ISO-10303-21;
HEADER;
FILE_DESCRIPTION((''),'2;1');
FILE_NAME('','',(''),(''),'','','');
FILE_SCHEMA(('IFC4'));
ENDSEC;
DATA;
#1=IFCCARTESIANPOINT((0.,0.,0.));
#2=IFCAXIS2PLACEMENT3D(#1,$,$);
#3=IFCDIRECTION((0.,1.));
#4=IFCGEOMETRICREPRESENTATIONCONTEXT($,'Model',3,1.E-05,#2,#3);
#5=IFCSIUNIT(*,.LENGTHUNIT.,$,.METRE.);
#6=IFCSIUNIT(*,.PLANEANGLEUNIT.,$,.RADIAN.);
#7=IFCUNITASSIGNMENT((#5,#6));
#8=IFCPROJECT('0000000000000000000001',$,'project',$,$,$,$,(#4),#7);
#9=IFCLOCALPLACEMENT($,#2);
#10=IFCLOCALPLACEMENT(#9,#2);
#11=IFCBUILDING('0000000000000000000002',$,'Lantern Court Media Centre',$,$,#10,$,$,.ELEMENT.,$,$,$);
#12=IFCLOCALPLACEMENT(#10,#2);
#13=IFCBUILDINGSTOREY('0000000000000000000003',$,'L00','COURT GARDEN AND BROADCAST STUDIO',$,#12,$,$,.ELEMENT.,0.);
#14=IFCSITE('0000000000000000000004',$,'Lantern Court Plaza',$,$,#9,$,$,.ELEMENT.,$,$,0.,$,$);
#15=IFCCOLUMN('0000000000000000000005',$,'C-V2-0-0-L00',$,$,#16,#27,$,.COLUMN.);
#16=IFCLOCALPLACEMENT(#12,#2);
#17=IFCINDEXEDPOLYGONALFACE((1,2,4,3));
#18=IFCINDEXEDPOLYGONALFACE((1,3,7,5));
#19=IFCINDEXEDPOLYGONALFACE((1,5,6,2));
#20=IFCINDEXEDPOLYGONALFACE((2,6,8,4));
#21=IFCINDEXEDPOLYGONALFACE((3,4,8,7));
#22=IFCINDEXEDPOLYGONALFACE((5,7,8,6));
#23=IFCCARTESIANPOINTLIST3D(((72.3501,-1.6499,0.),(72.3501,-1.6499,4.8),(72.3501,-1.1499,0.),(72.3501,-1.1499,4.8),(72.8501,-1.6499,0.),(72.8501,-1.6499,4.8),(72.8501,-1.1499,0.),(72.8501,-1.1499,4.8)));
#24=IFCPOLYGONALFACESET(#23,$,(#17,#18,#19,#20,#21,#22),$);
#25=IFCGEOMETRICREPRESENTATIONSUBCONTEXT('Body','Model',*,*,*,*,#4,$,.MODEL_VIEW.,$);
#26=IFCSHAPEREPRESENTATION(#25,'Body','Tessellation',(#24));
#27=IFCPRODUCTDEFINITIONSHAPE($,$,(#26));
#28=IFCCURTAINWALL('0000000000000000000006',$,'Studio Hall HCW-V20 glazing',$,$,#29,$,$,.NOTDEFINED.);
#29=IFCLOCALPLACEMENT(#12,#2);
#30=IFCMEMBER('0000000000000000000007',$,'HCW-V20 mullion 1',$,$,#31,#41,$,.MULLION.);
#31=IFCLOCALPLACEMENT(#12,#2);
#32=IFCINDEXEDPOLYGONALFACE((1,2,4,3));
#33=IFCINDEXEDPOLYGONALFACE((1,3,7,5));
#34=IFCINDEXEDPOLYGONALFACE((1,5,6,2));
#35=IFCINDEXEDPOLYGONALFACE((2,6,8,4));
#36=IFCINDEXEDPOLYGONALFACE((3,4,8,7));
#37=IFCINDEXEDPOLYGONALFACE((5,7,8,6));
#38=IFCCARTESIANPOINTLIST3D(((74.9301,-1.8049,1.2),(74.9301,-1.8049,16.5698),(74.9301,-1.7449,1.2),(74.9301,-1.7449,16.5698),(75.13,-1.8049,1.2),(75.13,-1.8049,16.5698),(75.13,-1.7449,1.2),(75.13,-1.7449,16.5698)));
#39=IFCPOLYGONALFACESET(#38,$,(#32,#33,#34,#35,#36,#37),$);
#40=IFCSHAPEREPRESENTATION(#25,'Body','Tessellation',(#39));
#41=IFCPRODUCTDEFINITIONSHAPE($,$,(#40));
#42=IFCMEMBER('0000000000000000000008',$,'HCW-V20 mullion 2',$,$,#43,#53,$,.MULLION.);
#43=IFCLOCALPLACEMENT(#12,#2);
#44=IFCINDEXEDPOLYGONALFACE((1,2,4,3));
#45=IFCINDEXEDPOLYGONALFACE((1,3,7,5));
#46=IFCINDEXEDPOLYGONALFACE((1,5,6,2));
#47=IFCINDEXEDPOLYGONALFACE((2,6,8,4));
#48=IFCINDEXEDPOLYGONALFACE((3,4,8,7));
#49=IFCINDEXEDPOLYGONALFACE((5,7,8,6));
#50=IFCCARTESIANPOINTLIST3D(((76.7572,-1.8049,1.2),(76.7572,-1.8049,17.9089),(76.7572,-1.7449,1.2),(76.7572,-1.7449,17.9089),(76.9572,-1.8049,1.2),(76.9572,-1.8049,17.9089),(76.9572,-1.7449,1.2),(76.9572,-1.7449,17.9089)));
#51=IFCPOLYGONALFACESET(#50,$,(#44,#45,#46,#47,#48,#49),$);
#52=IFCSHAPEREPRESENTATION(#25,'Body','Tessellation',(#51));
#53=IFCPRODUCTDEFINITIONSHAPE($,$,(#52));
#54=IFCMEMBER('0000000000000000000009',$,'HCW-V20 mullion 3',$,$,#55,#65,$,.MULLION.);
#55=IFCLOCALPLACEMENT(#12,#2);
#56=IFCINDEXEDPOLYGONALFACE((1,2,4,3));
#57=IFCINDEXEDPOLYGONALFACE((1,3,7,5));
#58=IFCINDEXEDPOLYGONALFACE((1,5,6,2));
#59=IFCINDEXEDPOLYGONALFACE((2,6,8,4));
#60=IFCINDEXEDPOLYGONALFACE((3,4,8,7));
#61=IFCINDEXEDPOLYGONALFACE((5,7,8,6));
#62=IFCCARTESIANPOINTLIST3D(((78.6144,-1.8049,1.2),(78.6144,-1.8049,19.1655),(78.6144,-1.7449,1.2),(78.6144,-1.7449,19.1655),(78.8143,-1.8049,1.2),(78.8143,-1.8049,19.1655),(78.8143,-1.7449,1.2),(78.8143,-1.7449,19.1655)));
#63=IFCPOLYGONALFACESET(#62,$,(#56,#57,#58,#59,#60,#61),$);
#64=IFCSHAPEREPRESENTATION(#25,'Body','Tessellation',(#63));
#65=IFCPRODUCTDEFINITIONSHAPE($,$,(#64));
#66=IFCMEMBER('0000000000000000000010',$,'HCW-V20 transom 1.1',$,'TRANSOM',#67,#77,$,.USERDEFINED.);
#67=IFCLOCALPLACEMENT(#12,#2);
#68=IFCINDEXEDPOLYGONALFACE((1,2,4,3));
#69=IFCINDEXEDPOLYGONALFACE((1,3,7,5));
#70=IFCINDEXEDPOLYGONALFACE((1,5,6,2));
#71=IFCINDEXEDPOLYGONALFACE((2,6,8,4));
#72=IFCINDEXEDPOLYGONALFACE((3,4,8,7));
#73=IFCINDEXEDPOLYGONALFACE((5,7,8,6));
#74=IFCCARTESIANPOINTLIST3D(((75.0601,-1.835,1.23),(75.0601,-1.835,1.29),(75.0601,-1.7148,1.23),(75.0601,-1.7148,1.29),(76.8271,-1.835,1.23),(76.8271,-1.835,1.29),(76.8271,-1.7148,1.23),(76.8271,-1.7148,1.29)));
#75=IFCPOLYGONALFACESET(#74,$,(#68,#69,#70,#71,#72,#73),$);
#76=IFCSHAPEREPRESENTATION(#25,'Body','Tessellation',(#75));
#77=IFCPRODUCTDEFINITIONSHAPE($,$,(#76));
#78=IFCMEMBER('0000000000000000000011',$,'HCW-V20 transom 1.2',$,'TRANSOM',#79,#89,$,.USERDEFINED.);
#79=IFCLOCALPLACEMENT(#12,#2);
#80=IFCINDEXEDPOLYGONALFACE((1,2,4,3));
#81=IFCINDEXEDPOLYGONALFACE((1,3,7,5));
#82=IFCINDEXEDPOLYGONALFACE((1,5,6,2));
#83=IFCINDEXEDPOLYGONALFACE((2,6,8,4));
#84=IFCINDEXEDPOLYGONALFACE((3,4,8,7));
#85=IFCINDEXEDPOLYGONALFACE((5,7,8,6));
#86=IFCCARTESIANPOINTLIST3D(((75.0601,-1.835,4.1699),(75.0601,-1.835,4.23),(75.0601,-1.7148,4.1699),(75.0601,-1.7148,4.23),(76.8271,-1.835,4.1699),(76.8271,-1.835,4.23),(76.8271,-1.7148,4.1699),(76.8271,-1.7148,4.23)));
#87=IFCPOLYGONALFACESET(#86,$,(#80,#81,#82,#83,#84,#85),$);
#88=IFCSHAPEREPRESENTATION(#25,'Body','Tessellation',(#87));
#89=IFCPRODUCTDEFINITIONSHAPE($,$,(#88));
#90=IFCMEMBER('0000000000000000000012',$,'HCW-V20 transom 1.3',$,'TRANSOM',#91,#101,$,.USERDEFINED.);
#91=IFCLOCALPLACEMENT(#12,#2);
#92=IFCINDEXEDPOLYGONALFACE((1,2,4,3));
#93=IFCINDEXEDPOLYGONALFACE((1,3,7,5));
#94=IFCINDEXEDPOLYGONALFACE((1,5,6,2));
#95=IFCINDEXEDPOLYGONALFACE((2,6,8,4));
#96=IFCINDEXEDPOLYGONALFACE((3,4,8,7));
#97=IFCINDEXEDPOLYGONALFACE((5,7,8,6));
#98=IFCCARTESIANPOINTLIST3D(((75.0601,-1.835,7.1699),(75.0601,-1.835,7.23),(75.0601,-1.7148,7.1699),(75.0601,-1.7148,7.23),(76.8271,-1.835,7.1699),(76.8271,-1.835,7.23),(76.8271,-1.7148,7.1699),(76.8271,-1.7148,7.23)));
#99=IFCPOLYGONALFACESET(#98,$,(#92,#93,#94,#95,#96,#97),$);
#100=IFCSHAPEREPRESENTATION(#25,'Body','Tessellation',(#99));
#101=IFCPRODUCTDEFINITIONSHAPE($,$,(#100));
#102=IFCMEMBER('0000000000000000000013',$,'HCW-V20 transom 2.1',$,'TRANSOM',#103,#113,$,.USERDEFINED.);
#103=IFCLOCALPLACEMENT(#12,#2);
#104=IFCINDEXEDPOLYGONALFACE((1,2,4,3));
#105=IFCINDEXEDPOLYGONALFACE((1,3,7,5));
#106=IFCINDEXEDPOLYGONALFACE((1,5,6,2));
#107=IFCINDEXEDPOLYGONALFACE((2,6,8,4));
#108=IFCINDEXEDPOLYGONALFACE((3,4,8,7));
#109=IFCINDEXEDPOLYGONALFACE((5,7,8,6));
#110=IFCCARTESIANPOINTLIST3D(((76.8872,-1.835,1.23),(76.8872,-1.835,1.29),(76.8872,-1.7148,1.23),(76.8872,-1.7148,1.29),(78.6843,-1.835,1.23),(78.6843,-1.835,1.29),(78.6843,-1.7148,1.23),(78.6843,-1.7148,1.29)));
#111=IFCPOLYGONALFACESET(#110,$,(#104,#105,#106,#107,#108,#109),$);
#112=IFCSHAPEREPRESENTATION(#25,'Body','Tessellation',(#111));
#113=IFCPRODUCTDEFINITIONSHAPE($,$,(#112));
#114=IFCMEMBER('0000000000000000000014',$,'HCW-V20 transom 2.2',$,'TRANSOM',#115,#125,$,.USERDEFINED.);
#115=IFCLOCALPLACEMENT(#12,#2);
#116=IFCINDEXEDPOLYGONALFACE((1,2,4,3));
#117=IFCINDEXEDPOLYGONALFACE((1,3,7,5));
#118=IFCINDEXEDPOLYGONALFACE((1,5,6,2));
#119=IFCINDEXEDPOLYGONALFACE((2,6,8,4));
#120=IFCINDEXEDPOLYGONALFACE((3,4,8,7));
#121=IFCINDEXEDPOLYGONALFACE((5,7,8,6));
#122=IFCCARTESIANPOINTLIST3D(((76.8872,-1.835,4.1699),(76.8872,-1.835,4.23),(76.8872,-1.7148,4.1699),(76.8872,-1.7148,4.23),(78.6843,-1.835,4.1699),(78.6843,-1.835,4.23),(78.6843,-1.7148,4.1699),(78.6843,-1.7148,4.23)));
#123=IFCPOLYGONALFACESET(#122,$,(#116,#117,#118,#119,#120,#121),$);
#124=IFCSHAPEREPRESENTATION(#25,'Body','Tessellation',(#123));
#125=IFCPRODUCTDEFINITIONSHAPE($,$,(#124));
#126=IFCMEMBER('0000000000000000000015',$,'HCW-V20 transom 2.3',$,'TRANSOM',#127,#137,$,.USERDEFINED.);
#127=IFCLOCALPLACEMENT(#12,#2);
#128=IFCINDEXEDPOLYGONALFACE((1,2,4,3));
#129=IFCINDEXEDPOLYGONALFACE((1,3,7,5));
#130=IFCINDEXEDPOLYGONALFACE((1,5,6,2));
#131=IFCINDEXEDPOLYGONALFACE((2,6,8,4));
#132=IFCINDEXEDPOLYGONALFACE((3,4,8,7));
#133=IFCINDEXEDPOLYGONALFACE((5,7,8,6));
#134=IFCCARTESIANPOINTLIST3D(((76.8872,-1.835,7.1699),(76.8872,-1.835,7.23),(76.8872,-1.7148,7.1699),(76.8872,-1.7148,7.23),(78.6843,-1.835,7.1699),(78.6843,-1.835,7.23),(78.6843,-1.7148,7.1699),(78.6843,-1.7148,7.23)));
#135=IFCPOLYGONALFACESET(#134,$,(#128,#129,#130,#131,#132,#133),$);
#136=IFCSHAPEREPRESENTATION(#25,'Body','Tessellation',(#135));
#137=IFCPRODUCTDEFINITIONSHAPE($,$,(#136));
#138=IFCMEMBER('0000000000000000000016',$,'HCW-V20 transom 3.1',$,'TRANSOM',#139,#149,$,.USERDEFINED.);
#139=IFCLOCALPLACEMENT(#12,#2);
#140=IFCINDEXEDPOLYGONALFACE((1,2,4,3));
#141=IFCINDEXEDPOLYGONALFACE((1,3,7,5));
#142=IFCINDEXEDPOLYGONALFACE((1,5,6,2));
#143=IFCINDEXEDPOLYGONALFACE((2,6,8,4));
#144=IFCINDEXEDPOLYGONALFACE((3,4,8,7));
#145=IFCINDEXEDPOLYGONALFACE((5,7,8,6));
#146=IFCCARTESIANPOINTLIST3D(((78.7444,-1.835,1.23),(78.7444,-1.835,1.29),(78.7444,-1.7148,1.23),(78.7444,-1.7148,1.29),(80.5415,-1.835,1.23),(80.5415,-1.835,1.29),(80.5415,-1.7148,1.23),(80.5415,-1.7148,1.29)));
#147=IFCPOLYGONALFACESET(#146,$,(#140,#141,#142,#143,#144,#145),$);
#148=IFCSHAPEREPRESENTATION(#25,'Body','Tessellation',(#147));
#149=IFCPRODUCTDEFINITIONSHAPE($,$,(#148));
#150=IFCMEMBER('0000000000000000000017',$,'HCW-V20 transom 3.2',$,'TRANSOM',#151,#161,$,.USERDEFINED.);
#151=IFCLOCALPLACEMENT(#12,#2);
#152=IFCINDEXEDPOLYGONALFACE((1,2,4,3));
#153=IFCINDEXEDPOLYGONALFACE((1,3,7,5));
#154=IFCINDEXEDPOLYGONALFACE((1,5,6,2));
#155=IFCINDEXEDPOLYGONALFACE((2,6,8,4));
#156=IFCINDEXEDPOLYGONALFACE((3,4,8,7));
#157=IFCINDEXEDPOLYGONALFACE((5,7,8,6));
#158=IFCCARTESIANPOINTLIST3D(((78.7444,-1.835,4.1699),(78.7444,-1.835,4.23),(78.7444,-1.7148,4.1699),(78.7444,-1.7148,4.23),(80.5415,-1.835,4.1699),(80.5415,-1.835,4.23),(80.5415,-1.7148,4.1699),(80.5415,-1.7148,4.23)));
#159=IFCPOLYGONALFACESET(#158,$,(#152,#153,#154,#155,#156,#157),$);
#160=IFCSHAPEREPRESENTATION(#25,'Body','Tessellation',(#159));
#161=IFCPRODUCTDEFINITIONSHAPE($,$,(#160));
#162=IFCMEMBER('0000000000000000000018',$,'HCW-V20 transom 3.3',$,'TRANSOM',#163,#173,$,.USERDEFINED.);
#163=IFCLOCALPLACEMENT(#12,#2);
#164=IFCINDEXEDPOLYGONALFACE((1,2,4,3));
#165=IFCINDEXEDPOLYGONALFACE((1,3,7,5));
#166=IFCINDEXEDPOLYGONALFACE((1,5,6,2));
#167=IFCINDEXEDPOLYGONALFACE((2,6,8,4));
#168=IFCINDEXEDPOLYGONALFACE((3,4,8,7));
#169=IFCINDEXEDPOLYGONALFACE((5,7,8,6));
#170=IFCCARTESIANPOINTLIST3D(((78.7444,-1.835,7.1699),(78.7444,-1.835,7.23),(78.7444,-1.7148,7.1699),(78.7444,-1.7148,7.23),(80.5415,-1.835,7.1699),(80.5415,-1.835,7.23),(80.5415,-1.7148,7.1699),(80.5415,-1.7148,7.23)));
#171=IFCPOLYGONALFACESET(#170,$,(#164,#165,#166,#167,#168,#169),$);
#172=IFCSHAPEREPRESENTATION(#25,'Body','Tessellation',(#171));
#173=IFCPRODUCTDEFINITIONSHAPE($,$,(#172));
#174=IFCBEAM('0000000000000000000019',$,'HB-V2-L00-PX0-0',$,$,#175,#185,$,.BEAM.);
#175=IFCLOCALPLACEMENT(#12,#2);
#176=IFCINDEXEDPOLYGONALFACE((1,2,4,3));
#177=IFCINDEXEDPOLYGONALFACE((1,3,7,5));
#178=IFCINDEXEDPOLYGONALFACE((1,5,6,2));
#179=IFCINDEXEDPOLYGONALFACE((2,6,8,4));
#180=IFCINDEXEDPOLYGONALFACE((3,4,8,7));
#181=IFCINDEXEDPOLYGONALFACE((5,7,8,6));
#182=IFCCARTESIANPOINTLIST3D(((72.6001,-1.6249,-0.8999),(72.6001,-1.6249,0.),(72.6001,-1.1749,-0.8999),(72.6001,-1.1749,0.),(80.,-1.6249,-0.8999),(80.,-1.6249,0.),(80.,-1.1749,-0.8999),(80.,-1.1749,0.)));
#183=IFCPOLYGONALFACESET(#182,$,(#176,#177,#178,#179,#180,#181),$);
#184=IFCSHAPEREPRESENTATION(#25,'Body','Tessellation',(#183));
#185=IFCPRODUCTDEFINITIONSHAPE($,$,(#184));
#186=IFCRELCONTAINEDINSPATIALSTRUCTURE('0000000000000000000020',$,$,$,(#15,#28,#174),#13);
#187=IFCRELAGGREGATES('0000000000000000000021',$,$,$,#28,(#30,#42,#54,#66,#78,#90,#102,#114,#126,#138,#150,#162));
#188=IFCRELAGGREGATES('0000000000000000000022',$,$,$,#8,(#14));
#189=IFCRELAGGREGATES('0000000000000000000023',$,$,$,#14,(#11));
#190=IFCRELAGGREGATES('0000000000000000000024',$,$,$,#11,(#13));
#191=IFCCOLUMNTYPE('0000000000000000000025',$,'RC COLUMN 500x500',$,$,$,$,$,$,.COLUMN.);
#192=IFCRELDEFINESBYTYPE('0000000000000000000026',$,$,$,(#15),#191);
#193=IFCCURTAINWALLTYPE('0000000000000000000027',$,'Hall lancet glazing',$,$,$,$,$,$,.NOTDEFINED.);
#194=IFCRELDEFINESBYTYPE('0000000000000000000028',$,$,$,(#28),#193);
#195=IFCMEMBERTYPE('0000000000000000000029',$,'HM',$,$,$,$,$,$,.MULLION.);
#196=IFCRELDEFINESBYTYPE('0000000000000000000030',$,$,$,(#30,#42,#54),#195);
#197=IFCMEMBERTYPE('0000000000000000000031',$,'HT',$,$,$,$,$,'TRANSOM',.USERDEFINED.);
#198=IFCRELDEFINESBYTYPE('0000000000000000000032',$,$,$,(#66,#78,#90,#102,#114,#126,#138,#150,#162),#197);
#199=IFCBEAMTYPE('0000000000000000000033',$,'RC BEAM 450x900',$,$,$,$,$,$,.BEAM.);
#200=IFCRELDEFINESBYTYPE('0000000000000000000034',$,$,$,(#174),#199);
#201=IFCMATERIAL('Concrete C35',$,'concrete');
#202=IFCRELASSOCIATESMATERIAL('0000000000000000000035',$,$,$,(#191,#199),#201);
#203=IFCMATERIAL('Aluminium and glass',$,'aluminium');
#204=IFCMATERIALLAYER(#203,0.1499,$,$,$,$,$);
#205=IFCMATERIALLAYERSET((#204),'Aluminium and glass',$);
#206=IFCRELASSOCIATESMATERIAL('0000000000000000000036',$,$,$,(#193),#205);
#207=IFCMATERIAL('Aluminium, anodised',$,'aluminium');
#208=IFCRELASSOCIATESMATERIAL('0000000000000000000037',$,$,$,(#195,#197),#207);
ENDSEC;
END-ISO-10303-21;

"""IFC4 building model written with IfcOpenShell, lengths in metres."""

from ifc_helpers import new_model, si_unit, direction, frame, origin, origin_2d, place, context, subcontext, project, spatial, rectangle, extrude, material, layer, layer_set, material_profile, profile_set, type_object, element, aggregate, save


model = new_model("IFC4")

# Units and contexts
model_context = context("Model", 3, precision=1e-05, world=origin(), true_north=direction((0.0, 1.0)))
body_context = subcontext(model_context, "Body", "Model", "MODEL_VIEW")
ifc_project = project(units=[si_unit("LENGTHUNIT", "METRE"), si_unit("PLANEANGLEUNIT", "RADIAN")], contexts=[model_context])

# Site, building, storey
site_placement = place(None, origin())
site = spatial("IfcSite", under=ifc_project, at=site_placement, Name="Lantern Court Plaza", CompositionType="ELEMENT", RefElevation=0.0)
building_placement = place(site_placement, origin())
building = spatial("IfcBuilding", under=site, at=building_placement, Name="Lantern Court Media Centre", CompositionType="ELEMENT")
storey_placement = place(building_placement, origin())
storey = spatial("IfcBuildingStorey", under=building, at=storey_placement, Name="L00", Description="COURT GARDEN AND BROADCAST STUDIO", CompositionType="ELEMENT", Elevation=0.0)

# Column
ifc_material_1 = material(Name="Concrete C35", Category="concrete")
ifc_material_profile_1 = material_profile(ifc_material_1, rectangle(XDim=0.5, YDim=0.5, at=origin_2d()), Name="RC 500x500")
ifc_profile_set_1 = profile_set([ifc_material_profile_1], Name="Concrete C35")
column_type = type_object("IfcColumnType", Name="RC COLUMN 500x500", PredefinedType="COLUMN", material=ifc_profile_set_1)
column_placement = place(storey_placement, frame((72.6001, -1.3999, 0.0), z_axis=(0.0, 0.0, 1.0), x_axis=(1.0, 0.0, 0.0)))
element("IfcColumn", 1, at=column_placement, inside=storey, type_object=column_type, Name="C-V2-0-0-L00", PredefinedType="COLUMN", context=body_context, shape_type="SweptSolid", body=[
    extrude(rectangle(XDim=0.5, YDim=0.5, at=origin_2d()), origin(), (0.0, 0.0, 1.0), 4.8),
])

# Curtain wall, members
ifc_material_2 = material(Name="Aluminium and glass", Category="aluminium")
ifc_layer_1 = layer(ifc_material_2, 0.1499)
ifc_layer_set_1 = layer_set([ifc_layer_1], Name="Aluminium and glass")
curtain_wall_type = type_object("IfcCurtainWallType", Name="Hall lancet glazing", PredefinedType="NOTDEFINED", material=ifc_layer_set_1)
curtain_wall_placement = place(storey_placement, origin())
curtain_wall = element("IfcCurtainWall", 2, at=curtain_wall_placement, inside=storey, type_object=curtain_wall_type, Name="Studio Hall HCW-V20 glazing", PredefinedType="NOTDEFINED")
ifc_material_3 = material(Name="Aluminium, anodised", Category="aluminium")
ifc_material_profile_2 = material_profile(ifc_material_3, rectangle(XDim=0.0601, YDim=0.2, at=origin_2d()), Name="HM")
ifc_profile_set_2 = profile_set([ifc_material_profile_2], Name="Aluminium, anodised")
member_type_1 = type_object("IfcMemberType", Name="HM", PredefinedType="MULLION", material=ifc_profile_set_2)
member_1_placement = place(storey_placement, frame((75.03, -1.7749, 1.2), z_axis=(0.0, 0.0, 1.0), x_axis=(0.0, 1.0, 0.0)))
member_1 = element("IfcMember", 3, at=member_1_placement, type_object=member_type_1, Name="HCW-V20 mullion 1", PredefinedType="MULLION", context=body_context, shape_type="SweptSolid", body=[
    extrude(rectangle(XDim=0.0601, YDim=0.2, at=origin_2d()), origin(), (0.0, 0.0, 1.0), 15.3699),
])
member_2_placement = place(storey_placement, frame((76.8572, -1.7749, 1.2), z_axis=(0.0, 0.0, 1.0), x_axis=(0.0, 1.0, 0.0)))
member_2 = element("IfcMember", 4, at=member_2_placement, type_object=member_type_1, Name="HCW-V20 mullion 2", PredefinedType="MULLION", context=body_context, shape_type="SweptSolid", body=[
    extrude(rectangle(XDim=0.0601, YDim=0.2, at=origin_2d()), origin(), (0.0, 0.0, 1.0), 16.709),
])
member_3_placement = place(storey_placement, frame((78.7144, -1.7749, 1.2), z_axis=(0.0, 0.0, 1.0), x_axis=(0.0, 1.0, 0.0)))
member_3 = element("IfcMember", 5, at=member_3_placement, type_object=member_type_1, Name="HCW-V20 mullion 3", PredefinedType="MULLION", context=body_context, shape_type="SweptSolid", body=[
    extrude(rectangle(XDim=0.0601, YDim=0.2, at=origin_2d()), origin(), (0.0, 0.0, 1.0), 17.9656),
])
ifc_material_profile_3 = material_profile(ifc_material_3, rectangle(XDim=0.1201, YDim=0.0601, at=origin_2d()), Name="HT")
ifc_profile_set_3 = profile_set([ifc_material_profile_3], Name="Aluminium, anodised")
member_type_2 = type_object("IfcMemberType", Name="HT", ElementType="TRANSOM", PredefinedType="USERDEFINED", material=ifc_profile_set_3)
member_4_placement = place(storey_placement, frame((75.0601, -1.7749, 1.26), z_axis=(1.0, 0.0, 0.0), x_axis=(0.0, 1.0, 0.0)))
member_4 = element("IfcMember", 6, at=member_4_placement, type_object=member_type_2, Name="HCW-V20 transom 1.1", ObjectType="TRANSOM", PredefinedType="USERDEFINED", context=body_context, shape_type="SweptSolid", body=[
    extrude(rectangle(XDim=0.1201, YDim=0.0601, at=origin_2d()), origin(), (0.0, 0.0, 1.0), 1.7671),
])
member_5_placement = place(storey_placement, frame((75.0601, -1.7749, 4.2), z_axis=(1.0, 0.0, 0.0), x_axis=(0.0, 1.0, 0.0)))
member_5 = element("IfcMember", 7, at=member_5_placement, type_object=member_type_2, Name="HCW-V20 transom 1.2", ObjectType="TRANSOM", PredefinedType="USERDEFINED", context=body_context, shape_type="SweptSolid", body=[
    extrude(rectangle(XDim=0.1201, YDim=0.0601, at=origin_2d()), origin(), (0.0, 0.0, 1.0), 1.7671),
])
member_6_placement = place(storey_placement, frame((75.0601, -1.7749, 7.2), z_axis=(1.0, 0.0, 0.0), x_axis=(0.0, 1.0, 0.0)))
member_6 = element("IfcMember", 8, at=member_6_placement, type_object=member_type_2, Name="HCW-V20 transom 1.3", ObjectType="TRANSOM", PredefinedType="USERDEFINED", context=body_context, shape_type="SweptSolid", body=[
    extrude(rectangle(XDim=0.1201, YDim=0.0601, at=origin_2d()), origin(), (0.0, 0.0, 1.0), 1.7671),
])
member_7_placement = place(storey_placement, frame((76.8872, -1.7749, 1.26), z_axis=(1.0, 0.0, 0.0), x_axis=(0.0, 1.0, 0.0)))
member_7 = element("IfcMember", 9, at=member_7_placement, type_object=member_type_2, Name="HCW-V20 transom 2.1", ObjectType="TRANSOM", PredefinedType="USERDEFINED", context=body_context, shape_type="SweptSolid", body=[
    extrude(rectangle(XDim=0.1201, YDim=0.0601, at=origin_2d()), origin(), (0.0, 0.0, 1.0), 1.7971),
])
member_8_placement = place(storey_placement, frame((76.8872, -1.7749, 4.2), z_axis=(1.0, 0.0, 0.0), x_axis=(0.0, 1.0, 0.0)))
member_8 = element("IfcMember", 10, at=member_8_placement, type_object=member_type_2, Name="HCW-V20 transom 2.2", ObjectType="TRANSOM", PredefinedType="USERDEFINED", context=body_context, shape_type="SweptSolid", body=[
    extrude(rectangle(XDim=0.1201, YDim=0.0601, at=origin_2d()), origin(), (0.0, 0.0, 1.0), 1.7971),
])
member_9_placement = place(storey_placement, frame((76.8872, -1.7749, 7.2), z_axis=(1.0, 0.0, 0.0), x_axis=(0.0, 1.0, 0.0)))
member_9 = element("IfcMember", 11, at=member_9_placement, type_object=member_type_2, Name="HCW-V20 transom 2.3", ObjectType="TRANSOM", PredefinedType="USERDEFINED", context=body_context, shape_type="SweptSolid", body=[
    extrude(rectangle(XDim=0.1201, YDim=0.0601, at=origin_2d()), origin(), (0.0, 0.0, 1.0), 1.7971),
])
member_10_placement = place(storey_placement, frame((78.7444, -1.7749, 1.26), z_axis=(1.0, 0.0, 0.0), x_axis=(0.0, 1.0, 0.0)))
member_10 = element("IfcMember", 12, at=member_10_placement, type_object=member_type_2, Name="HCW-V20 transom 3.1", ObjectType="TRANSOM", PredefinedType="USERDEFINED", context=body_context, shape_type="SweptSolid", body=[
    extrude(rectangle(XDim=0.1201, YDim=0.0601, at=origin_2d()), origin(), (0.0, 0.0, 1.0), 1.7971),
])
member_11_placement = place(storey_placement, frame((78.7444, -1.7749, 4.2), z_axis=(1.0, 0.0, 0.0), x_axis=(0.0, 1.0, 0.0)))
member_11 = element("IfcMember", 13, at=member_11_placement, type_object=member_type_2, Name="HCW-V20 transom 3.2", ObjectType="TRANSOM", PredefinedType="USERDEFINED", context=body_context, shape_type="SweptSolid", body=[
    extrude(rectangle(XDim=0.1201, YDim=0.0601, at=origin_2d()), origin(), (0.0, 0.0, 1.0), 1.7971),
])
member_12_placement = place(storey_placement, frame((78.7444, -1.7749, 7.2), z_axis=(1.0, 0.0, 0.0), x_axis=(0.0, 1.0, 0.0)))
member_12 = element("IfcMember", 14, at=member_12_placement, type_object=member_type_2, Name="HCW-V20 transom 3.3", ObjectType="TRANSOM", PredefinedType="USERDEFINED", context=body_context, shape_type="SweptSolid", body=[
    extrude(rectangle(XDim=0.1201, YDim=0.0601, at=origin_2d()), origin(), (0.0, 0.0, 1.0), 1.7971),
])

# Beam
ifc_material_profile_4 = material_profile(ifc_material_1, rectangle(XDim=0.45, YDim=0.8999, at=origin_2d()), Name="RC 450x900")
ifc_profile_set_4 = profile_set([ifc_material_profile_4], Name="Concrete C35")
beam_type = type_object("IfcBeamType", Name="RC BEAM 450x900", PredefinedType="BEAM", material=ifc_profile_set_4)
beam_1_placement = place(storey_placement, frame((72.6001, -1.3999, -0.45), z_axis=(1.0, 0.0, 0.0), x_axis=(0.0, 1.0, 0.0)))
element("IfcBeam", 15, at=beam_1_placement, inside=storey, type_object=beam_type, Name="HB-V2-L00-PX0-0", PredefinedType="BEAM", context=body_context, shape_type="SweptSolid", body=[
    extrude(rectangle(XDim=0.45, YDim=0.8999, at=origin_2d()), origin(), (0.0, 0.0, 1.0), 7.3999),
])

aggregate(curtain_wall, [member_1, member_2, member_3, member_4, member_5, member_6, member_7, member_8, member_9, member_10, member_11, member_12])

save(model, "model.ifc")
